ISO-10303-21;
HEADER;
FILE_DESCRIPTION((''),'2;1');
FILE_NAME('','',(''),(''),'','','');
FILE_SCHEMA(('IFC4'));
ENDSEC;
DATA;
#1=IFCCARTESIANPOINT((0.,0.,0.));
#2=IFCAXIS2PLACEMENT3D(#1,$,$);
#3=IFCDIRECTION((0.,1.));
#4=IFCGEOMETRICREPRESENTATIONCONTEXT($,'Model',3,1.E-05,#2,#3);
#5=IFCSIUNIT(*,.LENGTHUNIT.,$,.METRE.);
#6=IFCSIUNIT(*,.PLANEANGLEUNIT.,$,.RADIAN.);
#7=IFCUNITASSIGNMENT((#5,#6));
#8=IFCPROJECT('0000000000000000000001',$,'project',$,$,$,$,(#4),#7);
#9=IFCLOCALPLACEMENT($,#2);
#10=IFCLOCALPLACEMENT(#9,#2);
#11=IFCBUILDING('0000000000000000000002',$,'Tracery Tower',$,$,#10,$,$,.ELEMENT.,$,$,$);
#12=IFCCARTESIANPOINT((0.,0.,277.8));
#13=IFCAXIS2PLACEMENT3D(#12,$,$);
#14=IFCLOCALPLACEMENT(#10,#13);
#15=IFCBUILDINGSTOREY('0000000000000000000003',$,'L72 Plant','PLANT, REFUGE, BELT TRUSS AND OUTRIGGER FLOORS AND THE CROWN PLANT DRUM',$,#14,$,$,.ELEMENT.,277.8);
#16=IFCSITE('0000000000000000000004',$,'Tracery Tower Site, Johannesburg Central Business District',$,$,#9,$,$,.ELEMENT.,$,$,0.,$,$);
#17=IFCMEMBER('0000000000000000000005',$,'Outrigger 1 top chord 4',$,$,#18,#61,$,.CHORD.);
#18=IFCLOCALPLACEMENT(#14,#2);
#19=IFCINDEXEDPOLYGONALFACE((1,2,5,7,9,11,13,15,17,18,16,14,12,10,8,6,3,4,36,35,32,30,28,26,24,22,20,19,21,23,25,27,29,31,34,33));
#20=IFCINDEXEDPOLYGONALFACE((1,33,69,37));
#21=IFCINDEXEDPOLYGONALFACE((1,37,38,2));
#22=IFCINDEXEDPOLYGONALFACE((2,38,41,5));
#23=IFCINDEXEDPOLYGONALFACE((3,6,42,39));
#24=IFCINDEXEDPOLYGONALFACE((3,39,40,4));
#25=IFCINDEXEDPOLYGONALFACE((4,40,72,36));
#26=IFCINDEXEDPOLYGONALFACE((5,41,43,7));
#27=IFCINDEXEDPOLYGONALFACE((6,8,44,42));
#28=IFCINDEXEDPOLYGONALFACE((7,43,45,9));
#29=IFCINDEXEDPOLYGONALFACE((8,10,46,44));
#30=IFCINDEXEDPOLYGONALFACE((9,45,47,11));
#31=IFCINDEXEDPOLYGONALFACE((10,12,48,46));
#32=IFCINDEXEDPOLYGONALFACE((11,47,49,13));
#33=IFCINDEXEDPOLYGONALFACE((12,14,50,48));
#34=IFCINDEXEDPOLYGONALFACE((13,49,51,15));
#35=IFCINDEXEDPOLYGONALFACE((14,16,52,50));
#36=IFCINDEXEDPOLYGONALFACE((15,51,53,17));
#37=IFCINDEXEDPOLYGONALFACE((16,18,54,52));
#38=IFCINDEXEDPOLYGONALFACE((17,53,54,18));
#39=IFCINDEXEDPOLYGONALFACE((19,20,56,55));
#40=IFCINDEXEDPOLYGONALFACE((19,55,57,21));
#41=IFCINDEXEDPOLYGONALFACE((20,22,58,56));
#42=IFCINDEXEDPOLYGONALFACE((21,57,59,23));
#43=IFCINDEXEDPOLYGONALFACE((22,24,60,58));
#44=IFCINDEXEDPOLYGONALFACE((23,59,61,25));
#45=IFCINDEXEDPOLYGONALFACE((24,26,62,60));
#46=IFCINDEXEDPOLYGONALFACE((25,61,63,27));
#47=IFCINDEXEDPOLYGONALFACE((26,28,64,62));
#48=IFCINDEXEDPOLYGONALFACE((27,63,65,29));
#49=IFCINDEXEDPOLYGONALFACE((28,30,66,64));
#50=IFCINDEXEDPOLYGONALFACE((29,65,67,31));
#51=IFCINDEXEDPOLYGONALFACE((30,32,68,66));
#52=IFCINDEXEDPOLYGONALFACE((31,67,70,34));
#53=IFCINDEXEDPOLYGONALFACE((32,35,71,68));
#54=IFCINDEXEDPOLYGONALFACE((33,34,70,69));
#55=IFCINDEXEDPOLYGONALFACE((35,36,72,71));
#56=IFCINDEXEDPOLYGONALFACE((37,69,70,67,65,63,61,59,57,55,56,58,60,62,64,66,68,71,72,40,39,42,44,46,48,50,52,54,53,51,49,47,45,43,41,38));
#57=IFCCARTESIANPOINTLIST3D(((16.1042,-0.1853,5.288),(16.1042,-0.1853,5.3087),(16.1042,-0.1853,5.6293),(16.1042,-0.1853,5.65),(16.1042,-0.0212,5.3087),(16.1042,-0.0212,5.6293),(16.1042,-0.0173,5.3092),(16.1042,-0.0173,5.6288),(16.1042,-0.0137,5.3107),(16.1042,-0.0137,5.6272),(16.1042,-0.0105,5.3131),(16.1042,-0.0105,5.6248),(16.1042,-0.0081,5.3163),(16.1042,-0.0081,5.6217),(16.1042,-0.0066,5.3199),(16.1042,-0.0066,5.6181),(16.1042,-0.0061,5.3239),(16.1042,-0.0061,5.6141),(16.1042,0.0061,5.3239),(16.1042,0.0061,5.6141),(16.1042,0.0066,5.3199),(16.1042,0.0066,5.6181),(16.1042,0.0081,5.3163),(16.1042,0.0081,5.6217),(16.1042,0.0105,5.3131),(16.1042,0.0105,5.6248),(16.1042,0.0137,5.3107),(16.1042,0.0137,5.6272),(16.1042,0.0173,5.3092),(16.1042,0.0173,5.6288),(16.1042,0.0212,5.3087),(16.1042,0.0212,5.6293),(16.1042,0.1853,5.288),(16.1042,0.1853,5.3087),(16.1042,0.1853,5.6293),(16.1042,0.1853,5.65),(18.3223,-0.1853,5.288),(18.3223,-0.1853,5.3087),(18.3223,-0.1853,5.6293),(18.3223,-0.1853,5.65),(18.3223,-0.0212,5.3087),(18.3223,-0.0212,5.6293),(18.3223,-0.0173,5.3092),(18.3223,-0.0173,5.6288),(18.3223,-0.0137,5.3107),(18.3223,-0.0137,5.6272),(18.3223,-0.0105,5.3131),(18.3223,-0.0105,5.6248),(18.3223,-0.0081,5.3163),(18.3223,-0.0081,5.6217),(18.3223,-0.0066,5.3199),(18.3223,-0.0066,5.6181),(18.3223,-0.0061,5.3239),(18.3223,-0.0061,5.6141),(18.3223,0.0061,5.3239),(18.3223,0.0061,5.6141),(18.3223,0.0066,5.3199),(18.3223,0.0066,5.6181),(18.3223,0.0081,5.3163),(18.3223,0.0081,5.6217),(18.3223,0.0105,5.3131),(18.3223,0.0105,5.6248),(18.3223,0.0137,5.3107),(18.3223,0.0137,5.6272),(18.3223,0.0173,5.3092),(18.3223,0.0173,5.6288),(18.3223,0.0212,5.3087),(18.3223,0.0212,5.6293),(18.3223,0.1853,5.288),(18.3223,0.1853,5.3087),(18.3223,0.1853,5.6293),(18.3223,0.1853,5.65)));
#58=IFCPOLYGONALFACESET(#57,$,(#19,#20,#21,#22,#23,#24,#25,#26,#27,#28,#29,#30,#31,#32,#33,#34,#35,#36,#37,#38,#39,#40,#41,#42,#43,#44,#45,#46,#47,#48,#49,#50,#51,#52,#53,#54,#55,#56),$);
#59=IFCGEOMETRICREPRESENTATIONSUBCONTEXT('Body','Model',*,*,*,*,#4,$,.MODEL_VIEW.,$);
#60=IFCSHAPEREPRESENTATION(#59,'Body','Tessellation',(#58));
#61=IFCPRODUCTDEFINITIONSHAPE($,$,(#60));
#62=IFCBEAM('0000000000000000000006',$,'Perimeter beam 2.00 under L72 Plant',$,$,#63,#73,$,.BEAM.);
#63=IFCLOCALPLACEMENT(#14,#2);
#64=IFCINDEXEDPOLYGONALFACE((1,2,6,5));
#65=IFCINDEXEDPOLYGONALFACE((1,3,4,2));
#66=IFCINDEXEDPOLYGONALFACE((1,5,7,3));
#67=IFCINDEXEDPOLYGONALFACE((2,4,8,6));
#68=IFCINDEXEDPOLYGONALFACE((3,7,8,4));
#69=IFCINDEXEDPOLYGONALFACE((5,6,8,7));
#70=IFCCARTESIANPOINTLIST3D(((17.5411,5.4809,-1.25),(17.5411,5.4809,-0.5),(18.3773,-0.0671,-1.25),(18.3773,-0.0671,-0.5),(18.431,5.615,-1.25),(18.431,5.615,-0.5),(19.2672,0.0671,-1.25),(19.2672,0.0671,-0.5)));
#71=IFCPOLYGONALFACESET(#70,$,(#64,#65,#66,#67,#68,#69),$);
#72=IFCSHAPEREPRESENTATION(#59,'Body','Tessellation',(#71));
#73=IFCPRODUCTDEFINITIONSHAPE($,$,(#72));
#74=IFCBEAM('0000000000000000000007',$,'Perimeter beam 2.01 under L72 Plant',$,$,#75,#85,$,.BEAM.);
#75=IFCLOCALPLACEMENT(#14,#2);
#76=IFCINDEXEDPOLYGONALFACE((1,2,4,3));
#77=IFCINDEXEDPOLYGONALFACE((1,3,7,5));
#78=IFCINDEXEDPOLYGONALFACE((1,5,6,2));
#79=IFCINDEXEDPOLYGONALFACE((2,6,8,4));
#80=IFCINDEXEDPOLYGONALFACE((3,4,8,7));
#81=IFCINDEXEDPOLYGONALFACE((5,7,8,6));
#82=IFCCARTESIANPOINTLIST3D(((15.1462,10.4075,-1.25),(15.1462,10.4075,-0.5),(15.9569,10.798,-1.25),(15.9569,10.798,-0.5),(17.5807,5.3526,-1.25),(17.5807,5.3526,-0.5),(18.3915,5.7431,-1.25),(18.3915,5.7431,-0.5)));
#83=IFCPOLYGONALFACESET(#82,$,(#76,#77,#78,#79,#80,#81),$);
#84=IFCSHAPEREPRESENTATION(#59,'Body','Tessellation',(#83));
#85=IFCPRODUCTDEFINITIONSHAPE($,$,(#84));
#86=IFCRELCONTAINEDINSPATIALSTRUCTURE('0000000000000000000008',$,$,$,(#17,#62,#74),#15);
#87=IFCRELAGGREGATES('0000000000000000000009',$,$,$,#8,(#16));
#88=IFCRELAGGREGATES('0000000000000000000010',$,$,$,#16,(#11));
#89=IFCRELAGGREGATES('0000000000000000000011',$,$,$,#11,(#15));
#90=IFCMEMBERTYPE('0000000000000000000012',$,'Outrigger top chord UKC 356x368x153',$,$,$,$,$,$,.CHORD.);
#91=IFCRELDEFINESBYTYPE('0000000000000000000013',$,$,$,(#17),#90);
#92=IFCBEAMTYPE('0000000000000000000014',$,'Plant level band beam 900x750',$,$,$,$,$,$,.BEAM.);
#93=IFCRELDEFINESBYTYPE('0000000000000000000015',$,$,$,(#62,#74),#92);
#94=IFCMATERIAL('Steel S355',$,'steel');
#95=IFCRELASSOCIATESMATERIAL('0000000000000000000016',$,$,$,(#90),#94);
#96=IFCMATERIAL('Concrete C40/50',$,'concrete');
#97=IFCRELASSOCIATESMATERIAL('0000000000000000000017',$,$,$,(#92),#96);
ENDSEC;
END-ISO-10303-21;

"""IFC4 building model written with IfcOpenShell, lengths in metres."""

from ifc_helpers import new_model, si_unit, direction, frame, origin, origin_2d, place, context, subcontext, project, spatial, rectangle, i_section, extrude, material, material_profile, profile_set, type_object, element, save


model = new_model("IFC4")

# Units and contexts
model_context = context("Model", 3, precision=1e-05, world=origin(), true_north=direction((0.0, 1.0)))
body_context = subcontext(model_context, "Body", "Model", "MODEL_VIEW")
ifc_project = project(units=[si_unit("LENGTHUNIT", "METRE"), si_unit("PLANEANGLEUNIT", "RADIAN")], contexts=[model_context])

# Site, building, storey
site_placement = place(None, origin())
site = spatial("IfcSite", under=ifc_project, at=site_placement, Name="Tracery Tower Site, Johannesburg Central Business District", CompositionType="ELEMENT", RefElevation=0.0)
building_placement = place(site_placement, origin())
building = spatial("IfcBuilding", under=site, at=building_placement, Name="Tracery Tower", CompositionType="ELEMENT")
storey_placement = place(building_placement, frame((0.0, 0.0, 277.8)))
storey = spatial("IfcBuildingStorey", under=building, at=storey_placement, Name="L72 Plant", Description="PLANT, REFUGE, BELT TRUSS AND OUTRIGGER FLOORS AND THE CROWN PLANT DRUM", CompositionType="ELEMENT", Elevation=277.8)

# Member
ifc_material_1 = material(Name="Steel S355", Category="steel")
ifc_material_profile_1 = material_profile(ifc_material_1, i_section(OverallWidth=0.3706, OverallDepth=0.3621, WebThickness=0.0122, FlangeThickness=0.0208, FilletRadius=0.0151, at=origin_2d()), Name="UKC 356x368x153")
ifc_profile_set_1 = profile_set([ifc_material_profile_1], Name="Steel S355")
member_type_1 = type_object("IfcMemberType", Name="Outrigger top chord UKC 356x368x153", PredefinedType="CHORD", material=ifc_profile_set_1)
member_1_placement = place(storey_placement, frame((16.1042, 0.0, 5.469), z_axis=(1.0, 0.0, 0.0), x_axis=(0.0, 1.0, 0.0)))
element("IfcMember", 1, at=member_1_placement, inside=storey, type_object=member_type_1, Name="Outrigger 1 top chord 4", PredefinedType="CHORD", context=body_context, shape_type="SweptSolid", body=[
    extrude(i_section(OverallWidth=0.3706, OverallDepth=0.3621, WebThickness=0.0122, FlangeThickness=0.0208, FilletRadius=0.0151, at=origin_2d()), origin(), (0.0, 0.0, 1.0), 2.218),
])

# Beams
ifc_material_2 = material(Name="Concrete C40/50", Category="concrete")
ifc_material_profile_2 = material_profile(ifc_material_2, rectangle(XDim=0.8999, YDim=0.75, at=origin_2d()), Name="RC 900x750")
ifc_profile_set_2 = profile_set([ifc_material_profile_2], Name="Concrete C40/50")
beam_type = type_object("IfcBeamType", Name="Plant level band beam 900x750", PredefinedType="BEAM", material=ifc_profile_set_2)
for number, where, z_axis, x_axis, name in (
    (2, (18.8223, 0.0, -0.875), (-0.149038, 0.988831, 0.0), (-0.988831, -0.149038, 0.0), "Perimeter beam 2.00 under L72 Plant"),
    (3, (17.9861, 5.5479, -0.875), (-0.433919, 0.900952, 0.0), (-0.900952, -0.433919, 0.0), "Perimeter beam 2.01 under L72 Plant"),
):
    element("IfcBeam", number, at=place(storey_placement, frame(where, z_axis=z_axis, x_axis=x_axis)), inside=storey, type_object=beam_type, Name=name, PredefinedType="BEAM", context=body_context, shape_type="SweptSolid", body=[
        extrude(rectangle(XDim=0.8999, YDim=0.75, at=origin_2d()), origin(), (0.0, 0.0, 1.0), 5.6106),
    ])

save(model, "model.ifc")
